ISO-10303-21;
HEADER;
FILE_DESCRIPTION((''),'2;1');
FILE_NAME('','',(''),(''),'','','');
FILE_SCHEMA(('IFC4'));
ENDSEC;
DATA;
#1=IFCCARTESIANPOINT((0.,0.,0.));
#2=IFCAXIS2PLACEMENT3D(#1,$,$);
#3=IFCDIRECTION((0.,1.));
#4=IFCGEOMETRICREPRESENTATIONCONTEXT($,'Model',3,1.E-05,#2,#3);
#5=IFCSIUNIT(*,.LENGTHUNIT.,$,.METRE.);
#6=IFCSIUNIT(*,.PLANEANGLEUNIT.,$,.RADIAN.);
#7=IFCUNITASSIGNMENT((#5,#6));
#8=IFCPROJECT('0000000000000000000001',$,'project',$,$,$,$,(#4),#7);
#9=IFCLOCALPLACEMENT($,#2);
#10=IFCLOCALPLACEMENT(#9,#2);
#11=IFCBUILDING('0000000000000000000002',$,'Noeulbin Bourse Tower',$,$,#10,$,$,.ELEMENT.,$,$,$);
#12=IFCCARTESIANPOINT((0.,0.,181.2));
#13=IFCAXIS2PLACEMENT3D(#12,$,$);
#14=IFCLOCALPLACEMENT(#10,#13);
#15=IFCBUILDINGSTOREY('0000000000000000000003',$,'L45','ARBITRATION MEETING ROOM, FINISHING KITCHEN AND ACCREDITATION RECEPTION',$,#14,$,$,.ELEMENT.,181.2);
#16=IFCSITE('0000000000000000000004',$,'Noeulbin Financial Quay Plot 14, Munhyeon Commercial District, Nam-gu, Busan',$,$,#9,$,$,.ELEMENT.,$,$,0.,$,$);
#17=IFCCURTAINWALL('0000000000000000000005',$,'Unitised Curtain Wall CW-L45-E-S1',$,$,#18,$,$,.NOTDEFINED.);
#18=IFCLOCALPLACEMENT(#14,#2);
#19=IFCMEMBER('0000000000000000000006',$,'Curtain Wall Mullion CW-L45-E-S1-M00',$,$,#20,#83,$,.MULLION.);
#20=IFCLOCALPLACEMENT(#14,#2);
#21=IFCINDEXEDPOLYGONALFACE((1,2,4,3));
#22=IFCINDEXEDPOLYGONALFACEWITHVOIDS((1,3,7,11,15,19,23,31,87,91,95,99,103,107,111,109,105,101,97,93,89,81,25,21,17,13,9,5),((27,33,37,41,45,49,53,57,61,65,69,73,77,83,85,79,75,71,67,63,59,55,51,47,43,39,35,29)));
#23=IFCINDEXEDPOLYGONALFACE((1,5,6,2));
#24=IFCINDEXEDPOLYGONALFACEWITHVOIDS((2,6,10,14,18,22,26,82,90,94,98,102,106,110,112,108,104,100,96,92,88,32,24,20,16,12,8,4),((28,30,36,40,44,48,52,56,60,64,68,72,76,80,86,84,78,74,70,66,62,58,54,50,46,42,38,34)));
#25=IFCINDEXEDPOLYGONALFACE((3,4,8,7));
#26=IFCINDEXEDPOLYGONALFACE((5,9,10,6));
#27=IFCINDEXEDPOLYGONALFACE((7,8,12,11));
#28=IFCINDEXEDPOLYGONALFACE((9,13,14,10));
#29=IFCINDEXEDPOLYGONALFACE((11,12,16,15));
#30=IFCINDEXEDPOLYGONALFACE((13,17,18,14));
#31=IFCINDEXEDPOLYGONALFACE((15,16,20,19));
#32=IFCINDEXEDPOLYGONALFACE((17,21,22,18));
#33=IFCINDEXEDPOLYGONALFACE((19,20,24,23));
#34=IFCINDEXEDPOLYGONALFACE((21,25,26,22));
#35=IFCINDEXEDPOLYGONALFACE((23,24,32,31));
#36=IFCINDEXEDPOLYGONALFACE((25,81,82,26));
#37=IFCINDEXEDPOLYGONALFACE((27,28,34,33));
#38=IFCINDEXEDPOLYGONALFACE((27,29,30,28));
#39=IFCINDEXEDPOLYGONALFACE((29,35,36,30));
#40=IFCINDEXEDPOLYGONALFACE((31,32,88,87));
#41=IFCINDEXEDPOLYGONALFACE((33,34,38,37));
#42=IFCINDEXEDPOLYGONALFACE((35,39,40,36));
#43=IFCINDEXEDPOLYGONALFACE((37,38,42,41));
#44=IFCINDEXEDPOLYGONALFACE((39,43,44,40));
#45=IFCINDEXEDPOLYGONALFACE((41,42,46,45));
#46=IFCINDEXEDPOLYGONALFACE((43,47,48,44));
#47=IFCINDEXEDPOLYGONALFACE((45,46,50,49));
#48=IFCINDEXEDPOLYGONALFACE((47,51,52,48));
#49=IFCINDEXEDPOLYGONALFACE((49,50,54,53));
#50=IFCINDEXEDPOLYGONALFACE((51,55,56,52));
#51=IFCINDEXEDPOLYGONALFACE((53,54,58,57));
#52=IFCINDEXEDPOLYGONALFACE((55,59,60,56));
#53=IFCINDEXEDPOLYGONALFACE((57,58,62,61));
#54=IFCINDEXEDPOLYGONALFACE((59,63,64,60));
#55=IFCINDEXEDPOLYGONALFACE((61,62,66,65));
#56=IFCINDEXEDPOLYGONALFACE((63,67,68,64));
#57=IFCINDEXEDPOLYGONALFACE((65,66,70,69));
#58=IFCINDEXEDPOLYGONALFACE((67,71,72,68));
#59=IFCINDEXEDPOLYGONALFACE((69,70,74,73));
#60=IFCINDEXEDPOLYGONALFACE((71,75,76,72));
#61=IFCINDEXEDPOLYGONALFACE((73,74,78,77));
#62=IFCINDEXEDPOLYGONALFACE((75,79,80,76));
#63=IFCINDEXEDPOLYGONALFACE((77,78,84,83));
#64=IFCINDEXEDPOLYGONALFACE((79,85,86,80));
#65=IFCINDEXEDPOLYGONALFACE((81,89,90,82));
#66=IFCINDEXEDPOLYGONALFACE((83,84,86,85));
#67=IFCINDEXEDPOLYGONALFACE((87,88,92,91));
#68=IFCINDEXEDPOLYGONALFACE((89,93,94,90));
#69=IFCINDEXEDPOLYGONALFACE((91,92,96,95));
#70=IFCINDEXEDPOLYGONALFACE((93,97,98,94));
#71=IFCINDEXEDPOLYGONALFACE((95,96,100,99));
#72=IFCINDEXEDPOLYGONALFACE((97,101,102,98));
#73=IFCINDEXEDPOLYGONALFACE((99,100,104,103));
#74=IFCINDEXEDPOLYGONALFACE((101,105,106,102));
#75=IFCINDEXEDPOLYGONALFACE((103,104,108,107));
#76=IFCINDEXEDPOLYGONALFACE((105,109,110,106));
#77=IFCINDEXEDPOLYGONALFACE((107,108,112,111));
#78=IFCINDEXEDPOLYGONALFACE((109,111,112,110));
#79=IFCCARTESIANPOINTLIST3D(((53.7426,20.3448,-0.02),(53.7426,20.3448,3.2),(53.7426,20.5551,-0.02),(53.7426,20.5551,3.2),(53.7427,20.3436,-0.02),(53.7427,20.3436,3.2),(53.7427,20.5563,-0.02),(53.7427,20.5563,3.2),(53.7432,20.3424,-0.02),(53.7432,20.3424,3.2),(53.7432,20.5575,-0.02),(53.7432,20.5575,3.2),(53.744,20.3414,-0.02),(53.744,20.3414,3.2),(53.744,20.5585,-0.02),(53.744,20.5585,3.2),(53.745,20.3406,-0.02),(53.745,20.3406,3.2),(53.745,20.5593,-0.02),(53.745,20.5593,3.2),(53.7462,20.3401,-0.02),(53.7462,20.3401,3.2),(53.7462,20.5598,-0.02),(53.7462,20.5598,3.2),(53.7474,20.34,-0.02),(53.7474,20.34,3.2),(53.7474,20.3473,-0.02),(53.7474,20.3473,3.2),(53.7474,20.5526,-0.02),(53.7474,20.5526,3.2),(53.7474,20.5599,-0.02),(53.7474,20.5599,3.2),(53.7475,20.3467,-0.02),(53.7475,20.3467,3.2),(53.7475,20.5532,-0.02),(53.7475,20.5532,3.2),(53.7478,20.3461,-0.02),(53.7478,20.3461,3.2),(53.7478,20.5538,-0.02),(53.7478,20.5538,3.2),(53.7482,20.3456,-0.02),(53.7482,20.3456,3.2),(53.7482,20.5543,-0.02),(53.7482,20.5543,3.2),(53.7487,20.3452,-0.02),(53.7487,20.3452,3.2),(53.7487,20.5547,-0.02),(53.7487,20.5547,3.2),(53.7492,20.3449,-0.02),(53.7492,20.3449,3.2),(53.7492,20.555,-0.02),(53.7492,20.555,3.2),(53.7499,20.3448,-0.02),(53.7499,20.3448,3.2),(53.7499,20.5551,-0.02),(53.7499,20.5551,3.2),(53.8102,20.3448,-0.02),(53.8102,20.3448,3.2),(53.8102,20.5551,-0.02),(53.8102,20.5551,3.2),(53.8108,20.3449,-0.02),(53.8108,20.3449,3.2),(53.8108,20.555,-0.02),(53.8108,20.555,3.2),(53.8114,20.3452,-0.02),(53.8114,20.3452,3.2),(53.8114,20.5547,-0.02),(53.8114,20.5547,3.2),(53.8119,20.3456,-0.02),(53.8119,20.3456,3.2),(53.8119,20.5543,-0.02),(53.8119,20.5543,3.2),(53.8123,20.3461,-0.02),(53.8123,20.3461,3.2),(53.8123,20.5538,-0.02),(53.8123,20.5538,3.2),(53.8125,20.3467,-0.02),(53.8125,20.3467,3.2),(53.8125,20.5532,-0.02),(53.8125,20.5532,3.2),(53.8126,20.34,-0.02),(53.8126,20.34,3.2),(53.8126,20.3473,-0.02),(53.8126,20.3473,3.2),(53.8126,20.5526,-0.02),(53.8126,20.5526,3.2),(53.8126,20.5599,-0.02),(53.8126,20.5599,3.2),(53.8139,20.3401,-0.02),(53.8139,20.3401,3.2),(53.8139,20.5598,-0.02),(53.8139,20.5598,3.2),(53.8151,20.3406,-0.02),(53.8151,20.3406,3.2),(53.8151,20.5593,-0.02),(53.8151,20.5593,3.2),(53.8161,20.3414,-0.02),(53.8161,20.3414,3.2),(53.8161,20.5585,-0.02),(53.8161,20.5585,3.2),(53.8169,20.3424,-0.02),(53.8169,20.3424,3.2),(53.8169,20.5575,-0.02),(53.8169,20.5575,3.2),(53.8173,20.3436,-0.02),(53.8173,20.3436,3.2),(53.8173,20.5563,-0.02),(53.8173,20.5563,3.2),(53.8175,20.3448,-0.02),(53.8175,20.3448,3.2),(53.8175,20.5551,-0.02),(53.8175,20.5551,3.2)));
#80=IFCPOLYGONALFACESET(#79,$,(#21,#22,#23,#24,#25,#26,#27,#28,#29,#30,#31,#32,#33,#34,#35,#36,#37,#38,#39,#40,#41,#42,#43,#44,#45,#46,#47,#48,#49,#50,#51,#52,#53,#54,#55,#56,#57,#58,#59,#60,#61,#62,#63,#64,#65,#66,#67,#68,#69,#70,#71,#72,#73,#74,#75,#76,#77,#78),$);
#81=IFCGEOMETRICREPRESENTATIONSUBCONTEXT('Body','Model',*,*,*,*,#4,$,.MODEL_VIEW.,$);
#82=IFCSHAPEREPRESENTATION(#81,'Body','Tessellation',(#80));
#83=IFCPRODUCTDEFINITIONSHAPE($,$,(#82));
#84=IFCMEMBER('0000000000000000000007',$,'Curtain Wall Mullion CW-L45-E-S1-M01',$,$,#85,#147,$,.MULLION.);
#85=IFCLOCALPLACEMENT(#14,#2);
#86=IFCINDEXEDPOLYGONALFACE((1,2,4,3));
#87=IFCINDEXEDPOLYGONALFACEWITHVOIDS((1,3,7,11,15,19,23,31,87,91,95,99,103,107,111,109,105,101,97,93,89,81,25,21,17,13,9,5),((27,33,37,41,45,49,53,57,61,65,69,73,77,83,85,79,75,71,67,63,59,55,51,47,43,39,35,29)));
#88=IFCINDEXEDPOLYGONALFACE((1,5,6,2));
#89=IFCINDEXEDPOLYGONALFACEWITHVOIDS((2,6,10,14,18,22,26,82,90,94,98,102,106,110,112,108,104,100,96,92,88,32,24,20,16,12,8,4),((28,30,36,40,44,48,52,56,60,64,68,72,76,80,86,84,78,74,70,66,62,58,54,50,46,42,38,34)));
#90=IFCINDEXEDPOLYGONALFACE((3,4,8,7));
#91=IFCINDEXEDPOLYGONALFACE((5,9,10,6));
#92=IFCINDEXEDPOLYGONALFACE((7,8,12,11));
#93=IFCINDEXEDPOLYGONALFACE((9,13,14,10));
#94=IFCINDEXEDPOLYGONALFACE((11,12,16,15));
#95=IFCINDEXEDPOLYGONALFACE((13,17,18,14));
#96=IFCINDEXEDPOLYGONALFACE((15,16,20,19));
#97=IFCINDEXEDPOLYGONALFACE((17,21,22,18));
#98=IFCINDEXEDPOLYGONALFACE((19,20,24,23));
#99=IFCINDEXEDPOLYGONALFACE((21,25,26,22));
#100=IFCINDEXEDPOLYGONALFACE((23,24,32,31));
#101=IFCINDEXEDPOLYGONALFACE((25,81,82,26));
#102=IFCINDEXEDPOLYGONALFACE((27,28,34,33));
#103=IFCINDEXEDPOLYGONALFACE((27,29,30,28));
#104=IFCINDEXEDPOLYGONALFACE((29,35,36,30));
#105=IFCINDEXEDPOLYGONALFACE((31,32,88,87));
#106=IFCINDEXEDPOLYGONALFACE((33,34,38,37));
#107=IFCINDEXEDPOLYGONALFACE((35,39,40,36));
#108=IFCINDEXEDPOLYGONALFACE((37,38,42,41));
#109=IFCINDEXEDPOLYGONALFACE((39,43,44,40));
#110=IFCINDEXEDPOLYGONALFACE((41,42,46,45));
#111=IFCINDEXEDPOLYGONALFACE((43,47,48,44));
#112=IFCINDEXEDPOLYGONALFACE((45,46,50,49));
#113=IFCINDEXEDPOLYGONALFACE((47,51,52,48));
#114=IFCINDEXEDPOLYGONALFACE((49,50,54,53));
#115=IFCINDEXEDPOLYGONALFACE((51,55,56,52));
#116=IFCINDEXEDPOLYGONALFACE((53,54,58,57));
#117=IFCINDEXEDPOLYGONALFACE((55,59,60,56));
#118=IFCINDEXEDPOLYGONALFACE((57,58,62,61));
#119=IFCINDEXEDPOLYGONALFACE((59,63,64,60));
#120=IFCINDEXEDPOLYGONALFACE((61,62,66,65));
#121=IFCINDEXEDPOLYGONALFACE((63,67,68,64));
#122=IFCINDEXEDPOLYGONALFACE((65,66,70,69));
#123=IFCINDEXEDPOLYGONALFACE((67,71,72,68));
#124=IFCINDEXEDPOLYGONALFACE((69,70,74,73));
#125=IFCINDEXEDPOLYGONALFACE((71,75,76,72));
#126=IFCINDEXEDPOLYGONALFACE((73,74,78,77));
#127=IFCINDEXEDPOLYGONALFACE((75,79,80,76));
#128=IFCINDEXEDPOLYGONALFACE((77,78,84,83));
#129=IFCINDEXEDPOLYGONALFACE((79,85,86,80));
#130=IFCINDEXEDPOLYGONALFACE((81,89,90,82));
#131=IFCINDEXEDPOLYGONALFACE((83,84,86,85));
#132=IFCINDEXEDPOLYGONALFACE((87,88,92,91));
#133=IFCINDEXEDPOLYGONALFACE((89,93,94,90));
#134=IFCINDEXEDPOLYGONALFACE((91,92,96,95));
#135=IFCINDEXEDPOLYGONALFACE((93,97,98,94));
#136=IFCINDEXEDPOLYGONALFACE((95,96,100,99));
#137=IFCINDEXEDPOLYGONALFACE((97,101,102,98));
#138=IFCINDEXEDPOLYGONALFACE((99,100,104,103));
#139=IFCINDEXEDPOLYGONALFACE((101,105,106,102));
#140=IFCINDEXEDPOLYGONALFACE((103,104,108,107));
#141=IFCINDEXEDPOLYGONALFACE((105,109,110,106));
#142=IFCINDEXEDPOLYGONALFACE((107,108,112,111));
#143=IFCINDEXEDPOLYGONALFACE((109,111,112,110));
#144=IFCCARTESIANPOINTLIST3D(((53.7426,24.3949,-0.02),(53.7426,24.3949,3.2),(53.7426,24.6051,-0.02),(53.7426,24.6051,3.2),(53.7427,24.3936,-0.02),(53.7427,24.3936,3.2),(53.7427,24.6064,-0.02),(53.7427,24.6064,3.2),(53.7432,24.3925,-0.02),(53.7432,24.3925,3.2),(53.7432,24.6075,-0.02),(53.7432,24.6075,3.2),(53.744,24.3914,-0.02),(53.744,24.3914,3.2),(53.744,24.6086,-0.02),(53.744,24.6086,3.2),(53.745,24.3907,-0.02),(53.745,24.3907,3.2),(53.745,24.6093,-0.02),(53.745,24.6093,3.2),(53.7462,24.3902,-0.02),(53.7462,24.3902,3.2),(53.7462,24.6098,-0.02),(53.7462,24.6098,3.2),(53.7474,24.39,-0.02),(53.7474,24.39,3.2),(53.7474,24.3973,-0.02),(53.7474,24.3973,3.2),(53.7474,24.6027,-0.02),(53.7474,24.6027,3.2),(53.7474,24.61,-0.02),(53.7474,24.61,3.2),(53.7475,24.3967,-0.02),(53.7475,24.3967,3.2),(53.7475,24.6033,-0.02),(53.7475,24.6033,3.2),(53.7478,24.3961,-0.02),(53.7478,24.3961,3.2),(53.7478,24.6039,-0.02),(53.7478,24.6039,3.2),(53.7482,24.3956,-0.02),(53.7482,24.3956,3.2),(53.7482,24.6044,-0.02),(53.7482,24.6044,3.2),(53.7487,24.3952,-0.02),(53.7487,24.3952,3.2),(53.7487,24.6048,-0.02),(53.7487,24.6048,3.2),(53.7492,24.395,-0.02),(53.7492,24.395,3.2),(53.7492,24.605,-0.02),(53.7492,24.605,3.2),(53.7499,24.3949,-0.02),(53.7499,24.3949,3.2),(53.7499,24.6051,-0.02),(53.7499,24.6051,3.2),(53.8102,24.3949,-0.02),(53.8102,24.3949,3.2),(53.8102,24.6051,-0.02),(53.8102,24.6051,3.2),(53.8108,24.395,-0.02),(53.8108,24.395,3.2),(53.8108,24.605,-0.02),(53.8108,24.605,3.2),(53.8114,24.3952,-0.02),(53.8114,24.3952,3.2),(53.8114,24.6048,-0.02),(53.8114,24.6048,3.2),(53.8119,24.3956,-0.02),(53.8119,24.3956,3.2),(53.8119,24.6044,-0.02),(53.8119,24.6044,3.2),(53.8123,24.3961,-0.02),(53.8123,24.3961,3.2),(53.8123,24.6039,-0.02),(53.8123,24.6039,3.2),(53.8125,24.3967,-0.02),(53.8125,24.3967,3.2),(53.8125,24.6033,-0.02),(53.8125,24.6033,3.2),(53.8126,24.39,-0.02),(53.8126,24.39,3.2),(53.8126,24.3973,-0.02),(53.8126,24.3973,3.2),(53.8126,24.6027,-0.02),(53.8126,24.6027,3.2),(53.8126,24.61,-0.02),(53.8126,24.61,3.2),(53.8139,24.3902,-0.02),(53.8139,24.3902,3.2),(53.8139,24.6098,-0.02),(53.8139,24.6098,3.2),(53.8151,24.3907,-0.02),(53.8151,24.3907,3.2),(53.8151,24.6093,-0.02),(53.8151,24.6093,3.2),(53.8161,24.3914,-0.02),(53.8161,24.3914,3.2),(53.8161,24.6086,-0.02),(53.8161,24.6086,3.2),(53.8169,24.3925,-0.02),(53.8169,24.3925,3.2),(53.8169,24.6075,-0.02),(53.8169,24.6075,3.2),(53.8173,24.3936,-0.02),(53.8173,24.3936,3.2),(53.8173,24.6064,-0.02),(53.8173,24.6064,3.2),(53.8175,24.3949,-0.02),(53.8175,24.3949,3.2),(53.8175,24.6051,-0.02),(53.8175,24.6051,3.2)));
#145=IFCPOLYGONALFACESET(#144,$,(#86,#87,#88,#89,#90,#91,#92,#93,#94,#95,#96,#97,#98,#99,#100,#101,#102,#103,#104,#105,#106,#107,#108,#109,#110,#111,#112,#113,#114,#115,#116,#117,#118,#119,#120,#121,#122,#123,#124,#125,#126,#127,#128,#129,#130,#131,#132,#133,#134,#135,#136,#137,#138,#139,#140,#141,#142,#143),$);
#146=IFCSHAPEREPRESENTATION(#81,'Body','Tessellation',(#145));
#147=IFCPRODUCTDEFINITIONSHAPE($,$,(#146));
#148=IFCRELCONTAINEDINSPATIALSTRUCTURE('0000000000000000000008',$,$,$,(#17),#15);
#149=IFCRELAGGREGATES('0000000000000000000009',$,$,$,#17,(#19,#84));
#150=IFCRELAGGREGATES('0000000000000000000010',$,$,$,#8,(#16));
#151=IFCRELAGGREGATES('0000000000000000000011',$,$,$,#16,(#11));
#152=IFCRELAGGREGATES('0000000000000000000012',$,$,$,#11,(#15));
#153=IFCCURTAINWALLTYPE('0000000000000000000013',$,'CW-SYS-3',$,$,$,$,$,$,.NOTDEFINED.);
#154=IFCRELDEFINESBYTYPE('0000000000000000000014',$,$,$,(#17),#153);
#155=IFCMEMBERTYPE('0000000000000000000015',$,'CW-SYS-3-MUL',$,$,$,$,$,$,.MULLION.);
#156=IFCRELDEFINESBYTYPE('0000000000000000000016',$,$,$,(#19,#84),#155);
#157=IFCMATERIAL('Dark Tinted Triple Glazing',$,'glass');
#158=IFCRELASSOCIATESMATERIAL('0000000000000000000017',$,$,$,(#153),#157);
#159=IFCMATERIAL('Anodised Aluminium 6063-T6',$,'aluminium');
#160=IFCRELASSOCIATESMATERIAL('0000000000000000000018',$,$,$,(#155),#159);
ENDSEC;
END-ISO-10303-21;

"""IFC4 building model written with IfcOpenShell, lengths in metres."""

from ifc_helpers import new_model, si_unit, direction, frame, origin, origin_2d, place, context, subcontext, project, spatial, hollow_rectangle, extrude, material, material_profile, profile_set, type_object, element, aggregate, save


model = new_model("IFC4")

# Units and contexts
model_context = context("Model", 3, precision=1e-05, world=origin(), true_north=direction((0.0, 1.0)))
body_context = subcontext(model_context, "Body", "Model", "MODEL_VIEW")
ifc_project = project(units=[si_unit("LENGTHUNIT", "METRE"), si_unit("PLANEANGLEUNIT", "RADIAN")], contexts=[model_context])

# Site, building, storey
site_placement = place(None, origin())
site = spatial("IfcSite", under=ifc_project, at=site_placement, Name="Noeulbin Financial Quay Plot 14, Munhyeon Commercial District, Nam-gu, Busan", CompositionType="ELEMENT", RefElevation=0.0)
building_placement = place(site_placement, origin())
building = spatial("IfcBuilding", under=site, at=building_placement, Name="Noeulbin Bourse Tower", CompositionType="ELEMENT")
storey_placement = place(building_placement, frame((0.0, 0.0, 181.2)))
storey = spatial("IfcBuildingStorey", under=building, at=storey_placement, Name="L45", Description="ARBITRATION MEETING ROOM, FINISHING KITCHEN AND ACCREDITATION RECEPTION", CompositionType="ELEMENT", Elevation=181.2)

# Curtain wall, members
ifc_material_1 = material(Name="Dark Tinted Triple Glazing", Category="glass")
curtain_wall_type = type_object("IfcCurtainWallType", Name="CW-SYS-3", PredefinedType="NOTDEFINED", material=ifc_material_1)
curtain_wall_placement = place(storey_placement, origin())
curtain_wall = element("IfcCurtainWall", 1, at=curtain_wall_placement, inside=storey, type_object=curtain_wall_type, Name="Unitised Curtain Wall CW-L45-E-S1", PredefinedType="NOTDEFINED")
ifc_material_2 = material(Name="Anodised Aluminium 6063-T6", Category="aluminium")
ifc_material_profile_1 = material_profile(ifc_material_2, hollow_rectangle(XDim=0.075, YDim=0.22, WallThickness=0.0049, InnerFilletRadius=0.0024, OuterFilletRadius=0.0049, at=origin_2d()), Name="ALU-MULL-75x220x5", Category="LoadBearing")
ifc_profile_set_1 = profile_set([ifc_material_profile_1], Name="Anodised Aluminium 6063-T6")
member_type_1 = type_object("IfcMemberType", Name="CW-SYS-3-MUL", PredefinedType="MULLION", material=ifc_profile_set_1)
member_1_placement = place(storey_placement, frame((53.78, 20.45, -0.02), z_axis=(0.0, 0.0, 1.0), x_axis=(1.0, 0.0, 0.0)))
member_1 = element("IfcMember", 2, at=member_1_placement, type_object=member_type_1, Name="Curtain Wall Mullion CW-L45-E-S1-M00", PredefinedType="MULLION", context=body_context, shape_type="SweptSolid", body=[
    extrude(hollow_rectangle(XDim=0.075, YDim=0.22, WallThickness=0.0049, InnerFilletRadius=0.0024, OuterFilletRadius=0.0049, at=origin_2d()), origin(), (0.0, 0.0, 1.0), 3.22),
])
member_2_placement = place(storey_placement, frame((53.78, 24.5, -0.02), z_axis=(0.0, 0.0, 1.0), x_axis=(1.0, 0.0, 0.0)))
member_2 = element("IfcMember", 3, at=member_2_placement, type_object=member_type_1, Name="Curtain Wall Mullion CW-L45-E-S1-M01", PredefinedType="MULLION", context=body_context, shape_type="SweptSolid", body=[
    extrude(hollow_rectangle(XDim=0.075, YDim=0.22, WallThickness=0.0049, InnerFilletRadius=0.0024, OuterFilletRadius=0.0049, at=origin_2d()), origin(), (0.0, 0.0, 1.0), 3.22),
])
aggregate(curtain_wall, [member_1, member_2])

save(model, "model.ifc")
